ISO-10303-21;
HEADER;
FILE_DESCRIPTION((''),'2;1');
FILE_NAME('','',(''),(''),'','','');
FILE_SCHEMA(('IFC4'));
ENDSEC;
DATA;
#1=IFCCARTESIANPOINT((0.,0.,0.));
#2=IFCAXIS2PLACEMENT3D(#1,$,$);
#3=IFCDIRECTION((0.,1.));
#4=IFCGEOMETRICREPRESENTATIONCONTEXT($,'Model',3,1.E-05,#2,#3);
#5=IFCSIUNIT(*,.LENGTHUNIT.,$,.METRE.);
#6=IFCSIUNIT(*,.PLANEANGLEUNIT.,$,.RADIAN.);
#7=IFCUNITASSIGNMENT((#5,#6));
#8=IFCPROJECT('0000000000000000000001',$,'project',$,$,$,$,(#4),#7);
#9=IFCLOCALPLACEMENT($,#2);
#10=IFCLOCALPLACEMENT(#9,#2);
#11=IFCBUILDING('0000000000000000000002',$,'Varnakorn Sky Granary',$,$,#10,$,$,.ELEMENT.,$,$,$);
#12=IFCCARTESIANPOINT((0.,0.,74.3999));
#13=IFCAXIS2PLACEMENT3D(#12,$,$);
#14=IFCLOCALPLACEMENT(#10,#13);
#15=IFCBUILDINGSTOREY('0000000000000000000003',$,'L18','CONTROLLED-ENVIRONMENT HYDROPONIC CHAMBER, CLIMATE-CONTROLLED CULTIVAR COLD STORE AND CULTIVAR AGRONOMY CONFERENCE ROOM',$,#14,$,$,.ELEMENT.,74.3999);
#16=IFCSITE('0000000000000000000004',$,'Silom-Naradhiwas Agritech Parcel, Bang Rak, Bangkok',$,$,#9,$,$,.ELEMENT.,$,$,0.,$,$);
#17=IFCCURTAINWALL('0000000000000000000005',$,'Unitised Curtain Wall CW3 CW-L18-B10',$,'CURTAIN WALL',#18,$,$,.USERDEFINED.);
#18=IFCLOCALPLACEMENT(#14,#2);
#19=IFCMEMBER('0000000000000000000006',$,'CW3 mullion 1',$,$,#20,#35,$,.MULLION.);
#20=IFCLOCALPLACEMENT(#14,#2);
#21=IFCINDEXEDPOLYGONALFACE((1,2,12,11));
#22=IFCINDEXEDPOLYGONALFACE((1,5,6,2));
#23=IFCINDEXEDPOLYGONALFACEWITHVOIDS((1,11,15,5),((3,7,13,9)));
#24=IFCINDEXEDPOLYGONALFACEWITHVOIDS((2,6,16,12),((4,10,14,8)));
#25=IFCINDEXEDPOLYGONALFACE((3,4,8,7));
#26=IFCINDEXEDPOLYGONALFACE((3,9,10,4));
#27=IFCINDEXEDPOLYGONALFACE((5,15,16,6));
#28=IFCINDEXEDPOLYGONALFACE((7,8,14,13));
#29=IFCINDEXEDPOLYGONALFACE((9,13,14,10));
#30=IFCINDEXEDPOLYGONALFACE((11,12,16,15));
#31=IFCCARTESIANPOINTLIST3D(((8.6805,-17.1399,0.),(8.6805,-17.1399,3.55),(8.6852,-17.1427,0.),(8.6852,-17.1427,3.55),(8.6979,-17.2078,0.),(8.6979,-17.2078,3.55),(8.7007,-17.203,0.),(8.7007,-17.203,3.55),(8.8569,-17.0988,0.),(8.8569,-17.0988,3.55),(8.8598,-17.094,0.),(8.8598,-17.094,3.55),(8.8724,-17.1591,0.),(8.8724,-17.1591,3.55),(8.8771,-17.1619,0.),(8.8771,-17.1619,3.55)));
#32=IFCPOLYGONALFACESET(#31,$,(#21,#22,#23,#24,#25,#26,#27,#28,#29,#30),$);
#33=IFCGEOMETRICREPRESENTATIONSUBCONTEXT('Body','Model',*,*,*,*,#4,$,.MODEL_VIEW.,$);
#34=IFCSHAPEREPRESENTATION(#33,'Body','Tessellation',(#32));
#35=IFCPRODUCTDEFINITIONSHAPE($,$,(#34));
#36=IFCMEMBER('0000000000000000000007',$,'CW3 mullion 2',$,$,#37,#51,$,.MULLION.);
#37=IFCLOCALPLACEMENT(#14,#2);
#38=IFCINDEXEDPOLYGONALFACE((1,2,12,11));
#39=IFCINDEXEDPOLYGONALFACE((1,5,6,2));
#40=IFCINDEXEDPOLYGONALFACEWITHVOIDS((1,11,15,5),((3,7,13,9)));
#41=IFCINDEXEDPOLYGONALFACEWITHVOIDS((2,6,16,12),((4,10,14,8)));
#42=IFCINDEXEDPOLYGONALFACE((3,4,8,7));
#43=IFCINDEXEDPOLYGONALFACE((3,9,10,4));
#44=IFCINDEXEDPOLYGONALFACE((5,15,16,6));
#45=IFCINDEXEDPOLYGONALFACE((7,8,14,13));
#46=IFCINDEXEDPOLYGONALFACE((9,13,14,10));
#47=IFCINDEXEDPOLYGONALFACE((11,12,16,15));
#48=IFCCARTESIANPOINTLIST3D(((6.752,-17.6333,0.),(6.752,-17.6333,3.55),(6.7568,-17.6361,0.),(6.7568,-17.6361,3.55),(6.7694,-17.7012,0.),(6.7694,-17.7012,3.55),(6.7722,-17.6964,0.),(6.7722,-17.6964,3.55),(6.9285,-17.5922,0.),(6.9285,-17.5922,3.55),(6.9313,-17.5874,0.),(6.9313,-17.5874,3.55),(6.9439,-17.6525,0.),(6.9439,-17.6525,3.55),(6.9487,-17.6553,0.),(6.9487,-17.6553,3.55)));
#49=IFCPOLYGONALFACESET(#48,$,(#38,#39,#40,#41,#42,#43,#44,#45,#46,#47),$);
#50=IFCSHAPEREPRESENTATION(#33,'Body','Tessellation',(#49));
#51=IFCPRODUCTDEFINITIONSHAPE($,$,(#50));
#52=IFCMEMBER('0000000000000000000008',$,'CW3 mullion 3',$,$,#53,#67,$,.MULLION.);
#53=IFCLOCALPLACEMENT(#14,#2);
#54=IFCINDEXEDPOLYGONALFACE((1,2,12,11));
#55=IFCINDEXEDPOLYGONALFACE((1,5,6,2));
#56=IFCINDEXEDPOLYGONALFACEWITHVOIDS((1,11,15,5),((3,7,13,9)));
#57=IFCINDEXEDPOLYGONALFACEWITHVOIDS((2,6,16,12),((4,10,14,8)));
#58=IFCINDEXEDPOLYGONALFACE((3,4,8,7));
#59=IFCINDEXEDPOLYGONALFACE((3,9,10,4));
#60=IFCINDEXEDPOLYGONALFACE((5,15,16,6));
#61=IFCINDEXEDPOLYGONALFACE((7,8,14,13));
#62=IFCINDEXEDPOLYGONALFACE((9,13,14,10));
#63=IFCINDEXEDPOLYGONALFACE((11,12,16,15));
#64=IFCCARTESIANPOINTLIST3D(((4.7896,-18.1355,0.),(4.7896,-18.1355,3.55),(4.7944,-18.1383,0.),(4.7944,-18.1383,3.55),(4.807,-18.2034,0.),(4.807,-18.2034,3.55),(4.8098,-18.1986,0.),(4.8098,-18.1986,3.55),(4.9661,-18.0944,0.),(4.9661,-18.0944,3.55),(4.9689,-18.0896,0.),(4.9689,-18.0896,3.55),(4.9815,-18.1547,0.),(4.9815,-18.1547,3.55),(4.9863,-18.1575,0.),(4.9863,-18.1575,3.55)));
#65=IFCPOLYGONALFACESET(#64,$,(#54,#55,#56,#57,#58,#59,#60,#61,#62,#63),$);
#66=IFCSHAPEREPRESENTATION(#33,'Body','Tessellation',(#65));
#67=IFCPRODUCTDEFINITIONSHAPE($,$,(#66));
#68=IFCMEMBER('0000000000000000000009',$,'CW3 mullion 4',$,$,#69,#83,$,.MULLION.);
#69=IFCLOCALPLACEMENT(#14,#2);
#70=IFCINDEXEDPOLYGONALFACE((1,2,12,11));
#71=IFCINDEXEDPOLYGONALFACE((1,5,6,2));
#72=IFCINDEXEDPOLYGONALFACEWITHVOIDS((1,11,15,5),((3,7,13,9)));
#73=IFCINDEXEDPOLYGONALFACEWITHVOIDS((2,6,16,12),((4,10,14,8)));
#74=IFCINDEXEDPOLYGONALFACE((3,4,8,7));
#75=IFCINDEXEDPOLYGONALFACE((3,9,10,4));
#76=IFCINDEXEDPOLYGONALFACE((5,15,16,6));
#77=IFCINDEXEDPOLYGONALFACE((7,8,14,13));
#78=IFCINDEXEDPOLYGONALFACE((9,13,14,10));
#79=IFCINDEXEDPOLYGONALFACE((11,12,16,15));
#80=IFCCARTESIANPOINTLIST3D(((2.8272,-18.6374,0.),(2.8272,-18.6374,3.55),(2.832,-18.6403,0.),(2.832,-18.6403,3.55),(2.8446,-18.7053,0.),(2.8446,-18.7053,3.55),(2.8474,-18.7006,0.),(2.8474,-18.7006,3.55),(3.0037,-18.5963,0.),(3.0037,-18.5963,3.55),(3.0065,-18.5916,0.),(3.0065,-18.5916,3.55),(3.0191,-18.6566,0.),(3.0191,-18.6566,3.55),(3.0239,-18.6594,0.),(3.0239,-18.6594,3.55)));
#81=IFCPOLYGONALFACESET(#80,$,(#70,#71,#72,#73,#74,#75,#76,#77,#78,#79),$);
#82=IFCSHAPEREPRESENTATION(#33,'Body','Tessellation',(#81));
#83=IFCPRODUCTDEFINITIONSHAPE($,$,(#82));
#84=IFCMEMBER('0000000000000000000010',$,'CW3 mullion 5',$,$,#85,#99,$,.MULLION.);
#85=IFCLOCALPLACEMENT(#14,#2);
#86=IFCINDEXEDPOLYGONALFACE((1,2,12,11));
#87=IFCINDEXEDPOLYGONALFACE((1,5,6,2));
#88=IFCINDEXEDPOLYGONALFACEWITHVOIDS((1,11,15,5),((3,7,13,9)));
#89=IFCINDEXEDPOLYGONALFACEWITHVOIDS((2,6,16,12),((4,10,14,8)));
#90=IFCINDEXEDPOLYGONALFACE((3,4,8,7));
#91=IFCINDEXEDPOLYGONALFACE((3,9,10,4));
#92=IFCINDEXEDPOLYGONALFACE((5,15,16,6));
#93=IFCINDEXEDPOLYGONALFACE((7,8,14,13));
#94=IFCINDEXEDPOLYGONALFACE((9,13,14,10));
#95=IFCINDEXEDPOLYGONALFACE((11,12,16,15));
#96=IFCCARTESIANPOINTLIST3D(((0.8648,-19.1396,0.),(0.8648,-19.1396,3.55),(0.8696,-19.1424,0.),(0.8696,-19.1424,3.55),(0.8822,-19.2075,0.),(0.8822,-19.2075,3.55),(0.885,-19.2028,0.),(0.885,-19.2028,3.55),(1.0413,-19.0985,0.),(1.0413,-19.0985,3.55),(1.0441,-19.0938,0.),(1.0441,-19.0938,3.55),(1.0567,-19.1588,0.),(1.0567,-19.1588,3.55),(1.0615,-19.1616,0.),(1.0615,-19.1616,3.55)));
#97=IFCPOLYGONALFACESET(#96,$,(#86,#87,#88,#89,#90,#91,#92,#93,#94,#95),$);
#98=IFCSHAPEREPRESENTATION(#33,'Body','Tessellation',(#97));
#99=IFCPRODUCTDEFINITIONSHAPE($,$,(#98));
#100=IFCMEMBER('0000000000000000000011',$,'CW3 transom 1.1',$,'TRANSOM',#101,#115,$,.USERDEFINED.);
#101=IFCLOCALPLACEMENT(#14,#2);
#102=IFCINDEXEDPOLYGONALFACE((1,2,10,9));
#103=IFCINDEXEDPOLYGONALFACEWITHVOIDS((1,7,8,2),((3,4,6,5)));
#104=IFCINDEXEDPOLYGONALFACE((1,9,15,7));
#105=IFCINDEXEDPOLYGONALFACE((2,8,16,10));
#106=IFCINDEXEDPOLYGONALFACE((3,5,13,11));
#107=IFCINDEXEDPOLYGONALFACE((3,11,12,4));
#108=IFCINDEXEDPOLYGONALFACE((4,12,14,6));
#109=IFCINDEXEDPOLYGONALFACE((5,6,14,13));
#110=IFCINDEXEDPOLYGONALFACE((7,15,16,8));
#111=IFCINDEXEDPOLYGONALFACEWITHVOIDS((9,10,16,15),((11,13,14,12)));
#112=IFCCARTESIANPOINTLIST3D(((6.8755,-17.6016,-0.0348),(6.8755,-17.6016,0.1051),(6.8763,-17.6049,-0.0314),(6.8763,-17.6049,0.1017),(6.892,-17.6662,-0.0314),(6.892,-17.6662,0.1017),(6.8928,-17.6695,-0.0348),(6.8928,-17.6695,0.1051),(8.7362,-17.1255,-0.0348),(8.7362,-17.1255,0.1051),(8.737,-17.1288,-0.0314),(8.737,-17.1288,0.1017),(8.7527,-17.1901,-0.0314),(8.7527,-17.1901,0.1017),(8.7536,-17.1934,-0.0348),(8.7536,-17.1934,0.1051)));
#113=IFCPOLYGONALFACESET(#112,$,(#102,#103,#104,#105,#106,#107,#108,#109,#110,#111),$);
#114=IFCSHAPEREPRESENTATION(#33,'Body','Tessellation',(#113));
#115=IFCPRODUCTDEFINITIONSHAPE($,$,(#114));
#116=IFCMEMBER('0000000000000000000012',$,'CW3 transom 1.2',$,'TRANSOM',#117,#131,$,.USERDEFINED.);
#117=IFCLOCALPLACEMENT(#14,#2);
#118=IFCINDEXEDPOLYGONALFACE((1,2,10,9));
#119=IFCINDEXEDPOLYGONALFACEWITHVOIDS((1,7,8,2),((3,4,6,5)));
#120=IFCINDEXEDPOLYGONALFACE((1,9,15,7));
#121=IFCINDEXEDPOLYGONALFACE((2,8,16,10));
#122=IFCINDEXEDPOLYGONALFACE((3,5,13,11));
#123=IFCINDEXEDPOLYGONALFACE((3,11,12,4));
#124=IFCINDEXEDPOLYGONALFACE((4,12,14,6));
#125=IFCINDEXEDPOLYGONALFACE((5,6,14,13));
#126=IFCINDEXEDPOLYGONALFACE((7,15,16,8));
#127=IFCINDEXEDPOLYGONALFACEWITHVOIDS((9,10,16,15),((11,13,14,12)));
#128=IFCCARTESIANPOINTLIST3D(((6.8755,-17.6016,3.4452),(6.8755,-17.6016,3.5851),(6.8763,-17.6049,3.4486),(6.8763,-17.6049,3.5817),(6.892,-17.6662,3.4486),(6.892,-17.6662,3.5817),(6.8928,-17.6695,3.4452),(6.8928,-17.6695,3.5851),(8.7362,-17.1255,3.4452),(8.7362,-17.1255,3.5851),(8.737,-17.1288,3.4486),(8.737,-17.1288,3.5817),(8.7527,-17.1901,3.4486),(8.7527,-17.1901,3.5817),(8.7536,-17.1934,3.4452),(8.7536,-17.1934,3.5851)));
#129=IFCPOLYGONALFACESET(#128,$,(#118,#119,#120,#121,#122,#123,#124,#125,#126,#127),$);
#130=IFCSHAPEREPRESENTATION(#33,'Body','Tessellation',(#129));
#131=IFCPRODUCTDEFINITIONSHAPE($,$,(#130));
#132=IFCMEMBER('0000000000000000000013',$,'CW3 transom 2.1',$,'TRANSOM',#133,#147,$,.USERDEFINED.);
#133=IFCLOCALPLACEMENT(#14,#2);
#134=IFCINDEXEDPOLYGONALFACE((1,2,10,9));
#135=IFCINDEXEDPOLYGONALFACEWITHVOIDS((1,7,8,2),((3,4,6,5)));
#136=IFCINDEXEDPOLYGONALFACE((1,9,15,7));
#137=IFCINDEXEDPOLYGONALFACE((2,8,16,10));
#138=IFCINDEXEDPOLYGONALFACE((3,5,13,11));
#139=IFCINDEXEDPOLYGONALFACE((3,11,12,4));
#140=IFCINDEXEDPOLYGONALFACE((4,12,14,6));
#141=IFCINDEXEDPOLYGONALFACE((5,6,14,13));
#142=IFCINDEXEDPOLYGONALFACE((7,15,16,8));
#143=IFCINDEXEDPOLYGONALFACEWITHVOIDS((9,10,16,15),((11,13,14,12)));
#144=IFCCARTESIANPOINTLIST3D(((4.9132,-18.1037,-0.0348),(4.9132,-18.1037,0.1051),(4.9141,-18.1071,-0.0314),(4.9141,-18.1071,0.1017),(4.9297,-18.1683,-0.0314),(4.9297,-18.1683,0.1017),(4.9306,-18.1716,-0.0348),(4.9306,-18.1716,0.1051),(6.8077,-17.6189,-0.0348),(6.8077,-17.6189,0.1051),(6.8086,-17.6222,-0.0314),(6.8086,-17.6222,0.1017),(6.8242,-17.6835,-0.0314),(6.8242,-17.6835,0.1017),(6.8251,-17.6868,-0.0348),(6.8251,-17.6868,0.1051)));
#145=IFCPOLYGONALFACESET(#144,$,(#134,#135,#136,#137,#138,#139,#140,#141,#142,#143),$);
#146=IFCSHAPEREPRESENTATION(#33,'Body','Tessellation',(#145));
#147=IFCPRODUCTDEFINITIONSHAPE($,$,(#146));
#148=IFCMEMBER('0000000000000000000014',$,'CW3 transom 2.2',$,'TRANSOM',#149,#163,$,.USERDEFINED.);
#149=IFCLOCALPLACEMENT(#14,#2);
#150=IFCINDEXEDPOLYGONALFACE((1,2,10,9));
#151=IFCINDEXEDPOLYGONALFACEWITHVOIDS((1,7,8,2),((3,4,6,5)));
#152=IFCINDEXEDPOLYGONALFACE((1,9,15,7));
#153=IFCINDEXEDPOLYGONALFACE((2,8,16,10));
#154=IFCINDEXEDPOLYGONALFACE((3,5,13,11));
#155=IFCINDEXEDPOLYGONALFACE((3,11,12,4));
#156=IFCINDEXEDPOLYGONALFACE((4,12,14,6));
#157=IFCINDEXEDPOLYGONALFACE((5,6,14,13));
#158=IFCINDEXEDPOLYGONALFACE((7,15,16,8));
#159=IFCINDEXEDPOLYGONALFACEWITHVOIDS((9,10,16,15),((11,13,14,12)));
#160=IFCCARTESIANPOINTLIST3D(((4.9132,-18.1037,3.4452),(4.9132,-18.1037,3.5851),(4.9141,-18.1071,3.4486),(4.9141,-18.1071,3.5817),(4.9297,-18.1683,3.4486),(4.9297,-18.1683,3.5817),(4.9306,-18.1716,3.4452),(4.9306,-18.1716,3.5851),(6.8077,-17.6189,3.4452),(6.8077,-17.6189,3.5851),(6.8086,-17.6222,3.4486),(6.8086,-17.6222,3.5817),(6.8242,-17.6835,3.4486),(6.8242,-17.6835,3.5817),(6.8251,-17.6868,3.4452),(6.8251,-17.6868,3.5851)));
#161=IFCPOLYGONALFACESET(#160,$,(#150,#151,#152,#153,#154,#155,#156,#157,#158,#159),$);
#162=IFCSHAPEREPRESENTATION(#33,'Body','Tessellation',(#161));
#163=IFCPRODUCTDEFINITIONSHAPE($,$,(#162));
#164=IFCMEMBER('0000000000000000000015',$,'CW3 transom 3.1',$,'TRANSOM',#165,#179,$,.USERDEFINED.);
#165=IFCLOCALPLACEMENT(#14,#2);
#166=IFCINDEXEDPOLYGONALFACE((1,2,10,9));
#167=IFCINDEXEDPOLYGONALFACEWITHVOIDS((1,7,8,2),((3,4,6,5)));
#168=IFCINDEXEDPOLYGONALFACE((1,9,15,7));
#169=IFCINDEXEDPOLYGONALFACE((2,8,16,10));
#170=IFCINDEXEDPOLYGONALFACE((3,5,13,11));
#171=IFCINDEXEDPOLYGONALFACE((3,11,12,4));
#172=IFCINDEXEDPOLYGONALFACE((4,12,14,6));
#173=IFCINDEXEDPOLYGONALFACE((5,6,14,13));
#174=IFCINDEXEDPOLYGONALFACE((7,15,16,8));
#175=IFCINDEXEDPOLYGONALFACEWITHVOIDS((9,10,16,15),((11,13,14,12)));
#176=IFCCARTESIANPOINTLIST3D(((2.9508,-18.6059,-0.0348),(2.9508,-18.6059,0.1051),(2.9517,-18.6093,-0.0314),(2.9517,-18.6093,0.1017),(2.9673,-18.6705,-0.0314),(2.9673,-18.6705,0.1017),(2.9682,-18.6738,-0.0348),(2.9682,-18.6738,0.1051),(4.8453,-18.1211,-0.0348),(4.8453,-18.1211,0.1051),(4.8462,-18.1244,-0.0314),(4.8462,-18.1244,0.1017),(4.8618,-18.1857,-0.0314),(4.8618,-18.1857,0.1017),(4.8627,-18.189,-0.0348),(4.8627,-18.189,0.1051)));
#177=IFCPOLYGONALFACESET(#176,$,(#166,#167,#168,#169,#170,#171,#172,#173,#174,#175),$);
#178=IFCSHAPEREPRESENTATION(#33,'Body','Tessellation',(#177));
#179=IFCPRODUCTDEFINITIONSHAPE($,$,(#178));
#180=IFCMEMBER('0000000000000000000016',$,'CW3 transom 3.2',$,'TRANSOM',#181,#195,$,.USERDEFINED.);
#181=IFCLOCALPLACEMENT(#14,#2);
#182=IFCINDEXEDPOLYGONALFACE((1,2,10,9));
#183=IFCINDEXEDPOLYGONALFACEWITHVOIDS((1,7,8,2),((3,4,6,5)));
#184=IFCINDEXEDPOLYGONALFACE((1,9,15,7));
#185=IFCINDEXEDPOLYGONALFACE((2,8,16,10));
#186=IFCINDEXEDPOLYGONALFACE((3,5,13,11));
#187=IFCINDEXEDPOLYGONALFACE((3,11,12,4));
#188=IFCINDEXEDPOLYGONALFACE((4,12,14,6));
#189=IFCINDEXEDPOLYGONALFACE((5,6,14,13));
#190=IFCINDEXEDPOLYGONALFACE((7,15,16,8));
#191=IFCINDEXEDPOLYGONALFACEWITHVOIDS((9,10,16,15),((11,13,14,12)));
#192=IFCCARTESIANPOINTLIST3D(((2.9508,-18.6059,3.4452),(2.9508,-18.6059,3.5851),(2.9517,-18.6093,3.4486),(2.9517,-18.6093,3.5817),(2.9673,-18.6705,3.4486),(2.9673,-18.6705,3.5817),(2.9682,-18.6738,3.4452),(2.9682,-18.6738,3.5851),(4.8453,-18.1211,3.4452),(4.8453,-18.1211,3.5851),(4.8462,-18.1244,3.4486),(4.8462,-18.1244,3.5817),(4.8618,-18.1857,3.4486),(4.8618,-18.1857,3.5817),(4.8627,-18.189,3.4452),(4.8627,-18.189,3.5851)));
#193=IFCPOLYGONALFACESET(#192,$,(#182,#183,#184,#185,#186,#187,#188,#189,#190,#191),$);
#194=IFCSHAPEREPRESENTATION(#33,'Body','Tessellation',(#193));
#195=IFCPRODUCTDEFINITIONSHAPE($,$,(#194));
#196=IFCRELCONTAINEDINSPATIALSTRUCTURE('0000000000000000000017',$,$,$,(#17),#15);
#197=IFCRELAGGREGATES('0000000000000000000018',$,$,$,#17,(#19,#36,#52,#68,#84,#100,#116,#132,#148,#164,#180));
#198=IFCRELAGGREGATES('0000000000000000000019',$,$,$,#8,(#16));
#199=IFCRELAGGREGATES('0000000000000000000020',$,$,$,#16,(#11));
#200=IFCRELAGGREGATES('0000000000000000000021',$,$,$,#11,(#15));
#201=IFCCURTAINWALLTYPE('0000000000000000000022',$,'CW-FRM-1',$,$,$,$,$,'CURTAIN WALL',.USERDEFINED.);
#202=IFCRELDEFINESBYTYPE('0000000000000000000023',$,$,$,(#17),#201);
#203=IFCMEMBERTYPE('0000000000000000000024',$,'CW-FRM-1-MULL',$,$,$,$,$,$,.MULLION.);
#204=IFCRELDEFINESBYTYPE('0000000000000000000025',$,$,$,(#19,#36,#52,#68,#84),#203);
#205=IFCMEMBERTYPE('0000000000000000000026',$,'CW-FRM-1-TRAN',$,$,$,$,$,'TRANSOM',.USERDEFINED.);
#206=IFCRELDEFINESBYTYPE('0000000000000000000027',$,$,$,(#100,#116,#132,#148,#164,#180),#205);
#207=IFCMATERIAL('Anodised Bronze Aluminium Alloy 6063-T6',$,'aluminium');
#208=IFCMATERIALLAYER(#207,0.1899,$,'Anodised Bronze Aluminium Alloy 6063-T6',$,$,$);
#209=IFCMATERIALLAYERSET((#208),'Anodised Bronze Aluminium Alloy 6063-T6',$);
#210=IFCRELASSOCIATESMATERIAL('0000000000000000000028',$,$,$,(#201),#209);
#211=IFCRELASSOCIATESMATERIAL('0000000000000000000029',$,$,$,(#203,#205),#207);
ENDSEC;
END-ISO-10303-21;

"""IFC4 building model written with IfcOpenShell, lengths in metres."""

from ifc_helpers import new_model, si_unit, direction, frame, origin, origin_2d, place, context, subcontext, project, spatial, hollow_rectangle, extrude, material, layer, layer_set, material_profile, profile_set, type_object, element, aggregate, save


model = new_model("IFC4")

# Units and contexts
model_context = context("Model", 3, precision=1e-05, world=origin(), true_north=direction((0.0, 1.0)))
body_context = subcontext(model_context, "Body", "Model", "MODEL_VIEW")
ifc_project = project(units=[si_unit("LENGTHUNIT", "METRE"), si_unit("PLANEANGLEUNIT", "RADIAN")], contexts=[model_context])

# Site, building, storey
site_placement = place(None, origin())
site = spatial("IfcSite", under=ifc_project, at=site_placement, Name="Silom-Naradhiwas Agritech Parcel, Bang Rak, Bangkok", CompositionType="ELEMENT", RefElevation=0.0)
building_placement = place(site_placement, origin())
building = spatial("IfcBuilding", under=site, at=building_placement, Name="Varnakorn Sky Granary", CompositionType="ELEMENT")
storey_placement = place(building_placement, frame((0.0, 0.0, 74.3999)))
storey = spatial("IfcBuildingStorey", under=building, at=storey_placement, Name="L18", Description="CONTROLLED-ENVIRONMENT HYDROPONIC CHAMBER, CLIMATE-CONTROLLED CULTIVAR COLD STORE AND CULTIVAR AGRONOMY CONFERENCE ROOM", CompositionType="ELEMENT", Elevation=74.3999)

# Curtain wall, members
ifc_material_1 = material(Name="Anodised Bronze Aluminium Alloy 6063-T6", Category="aluminium")
ifc_layer_1 = layer(ifc_material_1, 0.1899, Name="Anodised Bronze Aluminium Alloy 6063-T6")
ifc_layer_set_1 = layer_set([ifc_layer_1], Name="Anodised Bronze Aluminium Alloy 6063-T6")
curtain_wall_type = type_object("IfcCurtainWallType", Name="CW-FRM-1", ElementType="CURTAIN WALL", PredefinedType="USERDEFINED", material=ifc_layer_set_1)
curtain_wall_placement = place(storey_placement, origin())
curtain_wall = element("IfcCurtainWall", 1, at=curtain_wall_placement, inside=storey, type_object=curtain_wall_type, Name="Unitised Curtain Wall CW3 CW-L18-B10", ObjectType="CURTAIN WALL", PredefinedType="USERDEFINED")
ifc_material_profile_1 = material_profile(ifc_material_1, hollow_rectangle(XDim=0.0701, YDim=0.1851, WallThickness=0.0039, at=origin_2d()), Name="ALU MULL 70x185")
ifc_profile_set_1 = profile_set([ifc_material_profile_1], Name="Anodised Bronze Aluminium Alloy 6063-T6")
member_type_1 = type_object("IfcMemberType", Name="CW-FRM-1-MULL", PredefinedType="MULLION", material=ifc_profile_set_1)
member_1_placement = place(storey_placement, frame((8.7788, -17.1509, 0.0), z_axis=(0.0, 0.0, 1.0), x_axis=(0.247901, -0.968785, 0.0)))
member_1 = element("IfcMember", 2, at=member_1_placement, type_object=member_type_1, Name="CW3 mullion 1", PredefinedType="MULLION", context=body_context, shape_type="SweptSolid", body=[
    extrude(hollow_rectangle(XDim=0.0701, YDim=0.1851, WallThickness=0.0039, at=origin_2d()), origin(), (0.0, 0.0, 1.0), 3.55),
])
member_2_placement = place(storey_placement, frame((6.8503, -17.6443, 0.0), z_axis=(0.0, 0.0, 1.0), x_axis=(0.247901, -0.968785, 0.0)))
member_2 = element("IfcMember", 3, at=member_2_placement, type_object=member_type_1, Name="CW3 mullion 2", PredefinedType="MULLION", context=body_context, shape_type="SweptSolid", body=[
    extrude(hollow_rectangle(XDim=0.0701, YDim=0.1851, WallThickness=0.0039, at=origin_2d()), origin(), (0.0, 0.0, 1.0), 3.55),
])
member_3_placement = place(storey_placement, frame((4.8879, -18.1465, 0.0), z_axis=(0.0, 0.0, 1.0), x_axis=(0.247901, -0.968785, 0.0)))
member_3 = element("IfcMember", 4, at=member_3_placement, type_object=member_type_1, Name="CW3 mullion 3", PredefinedType="MULLION", context=body_context, shape_type="SweptSolid", body=[
    extrude(hollow_rectangle(XDim=0.0701, YDim=0.1851, WallThickness=0.0039, at=origin_2d()), origin(), (0.0, 0.0, 1.0), 3.55),
])
member_4_placement = place(storey_placement, frame((2.9255, -18.6484, 0.0), z_axis=(0.0, 0.0, 1.0), x_axis=(0.247901, -0.968785, 0.0)))
member_4 = element("IfcMember", 5, at=member_4_placement, type_object=member_type_1, Name="CW3 mullion 4", PredefinedType="MULLION", context=body_context, shape_type="SweptSolid", body=[
    extrude(hollow_rectangle(XDim=0.0701, YDim=0.1851, WallThickness=0.0039, at=origin_2d()), origin(), (0.0, 0.0, 1.0), 3.55),
])
member_5_placement = place(storey_placement, frame((0.9631, -19.1506, 0.0), z_axis=(0.0, 0.0, 1.0), x_axis=(0.247901, -0.968785, 0.0)))
member_5 = element("IfcMember", 6, at=member_5_placement, type_object=member_type_1, Name="CW3 mullion 5", PredefinedType="MULLION", context=body_context, shape_type="SweptSolid", body=[
    extrude(hollow_rectangle(XDim=0.0701, YDim=0.1851, WallThickness=0.0039, at=origin_2d()), origin(), (0.0, 0.0, 1.0), 3.55),
])
ifc_material_profile_2 = material_profile(ifc_material_1, hollow_rectangle(XDim=0.0701, YDim=0.1399, WallThickness=0.0034, at=origin_2d()), Name="ALU TRAN 70x140")
ifc_profile_set_2 = profile_set([ifc_material_profile_2], Name="Anodised Bronze Aluminium Alloy 6063-T6")
member_type_2 = type_object("IfcMemberType", Name="CW-FRM-1-TRAN", ElementType="TRANSOM", PredefinedType="USERDEFINED", material=ifc_profile_set_2)
member_6_placement = place(storey_placement, frame((8.7449, -17.1594, 0.0352), z_axis=(-0.968789, -0.247886, 0.0), x_axis=(0.247886, -0.968789, 0.0)))
member_6 = element("IfcMember", 7, at=member_6_placement, type_object=member_type_2, Name="CW3 transom 1.1", ObjectType="TRANSOM", PredefinedType="USERDEFINED", context=body_context, shape_type="SweptSolid", body=[
    extrude(hollow_rectangle(XDim=0.0701, YDim=0.1399, WallThickness=0.0034, at=origin_2d()), origin(), (0.0, 0.0, 1.0), 1.9207),
])
member_7_placement = place(storey_placement, frame((8.7449, -17.1594, 3.5151), z_axis=(-0.968789, -0.247886, 0.0), x_axis=(0.247886, -0.968789, 0.0)))
member_7 = element("IfcMember", 8, at=member_7_placement, type_object=member_type_2, Name="CW3 transom 1.2", ObjectType="TRANSOM", PredefinedType="USERDEFINED", context=body_context, shape_type="SweptSolid", body=[
    extrude(hollow_rectangle(XDim=0.0701, YDim=0.1399, WallThickness=0.0034, at=origin_2d()), origin(), (0.0, 0.0, 1.0), 1.9207),
])
member_8_placement = place(storey_placement, frame((6.8164, -17.6528, 0.0352), z_axis=(-0.968776, -0.247937, 0.0), x_axis=(0.247937, -0.968776, 0.0)))
member_8 = element("IfcMember", 9, at=member_8_placement, type_object=member_type_2, Name="CW3 transom 2.1", ObjectType="TRANSOM", PredefinedType="USERDEFINED", context=body_context, shape_type="SweptSolid", body=[
    extrude(hollow_rectangle(XDim=0.0701, YDim=0.1399, WallThickness=0.0034, at=origin_2d()), origin(), (0.0, 0.0, 1.0), 1.9556),
])
member_9_placement = place(storey_placement, frame((6.8164, -17.6528, 3.5151), z_axis=(-0.968776, -0.247937, 0.0), x_axis=(0.247937, -0.968776, 0.0)))
member_9 = element("IfcMember", 10, at=member_9_placement, type_object=member_type_2, Name="CW3 transom 2.2", ObjectType="TRANSOM", PredefinedType="USERDEFINED", context=body_context, shape_type="SweptSolid", body=[
    extrude(hollow_rectangle(XDim=0.0701, YDim=0.1399, WallThickness=0.0034, at=origin_2d()), origin(), (0.0, 0.0, 1.0), 1.9556),
])
member_10_placement = place(storey_placement, frame((4.854, -18.155, 0.0352), z_axis=(-0.968776, -0.247937, 0.0), x_axis=(0.247937, -0.968776, 0.0)))
member_10 = element("IfcMember", 11, at=member_10_placement, type_object=member_type_2, Name="CW3 transom 3.1", ObjectType="TRANSOM", PredefinedType="USERDEFINED", context=body_context, shape_type="SweptSolid", body=[
    extrude(hollow_rectangle(XDim=0.0701, YDim=0.1399, WallThickness=0.0034, at=origin_2d()), origin(), (0.0, 0.0, 1.0), 1.9556),
])
member_11_placement = place(storey_placement, frame((4.854, -18.155, 3.5151), z_axis=(-0.968776, -0.247937, 0.0), x_axis=(0.247937, -0.968776, 0.0)))
member_11 = element("IfcMember", 12, at=member_11_placement, type_object=member_type_2, Name="CW3 transom 3.2", ObjectType="TRANSOM", PredefinedType="USERDEFINED", context=body_context, shape_type="SweptSolid", body=[
    extrude(hollow_rectangle(XDim=0.0701, YDim=0.1399, WallThickness=0.0034, at=origin_2d()), origin(), (0.0, 0.0, 1.0), 1.9556),
])
aggregate(curtain_wall, [member_1, member_2, member_3, member_4, member_5, member_6, member_7, member_8, member_9, member_10, member_11])

save(model, "model.ifc")
